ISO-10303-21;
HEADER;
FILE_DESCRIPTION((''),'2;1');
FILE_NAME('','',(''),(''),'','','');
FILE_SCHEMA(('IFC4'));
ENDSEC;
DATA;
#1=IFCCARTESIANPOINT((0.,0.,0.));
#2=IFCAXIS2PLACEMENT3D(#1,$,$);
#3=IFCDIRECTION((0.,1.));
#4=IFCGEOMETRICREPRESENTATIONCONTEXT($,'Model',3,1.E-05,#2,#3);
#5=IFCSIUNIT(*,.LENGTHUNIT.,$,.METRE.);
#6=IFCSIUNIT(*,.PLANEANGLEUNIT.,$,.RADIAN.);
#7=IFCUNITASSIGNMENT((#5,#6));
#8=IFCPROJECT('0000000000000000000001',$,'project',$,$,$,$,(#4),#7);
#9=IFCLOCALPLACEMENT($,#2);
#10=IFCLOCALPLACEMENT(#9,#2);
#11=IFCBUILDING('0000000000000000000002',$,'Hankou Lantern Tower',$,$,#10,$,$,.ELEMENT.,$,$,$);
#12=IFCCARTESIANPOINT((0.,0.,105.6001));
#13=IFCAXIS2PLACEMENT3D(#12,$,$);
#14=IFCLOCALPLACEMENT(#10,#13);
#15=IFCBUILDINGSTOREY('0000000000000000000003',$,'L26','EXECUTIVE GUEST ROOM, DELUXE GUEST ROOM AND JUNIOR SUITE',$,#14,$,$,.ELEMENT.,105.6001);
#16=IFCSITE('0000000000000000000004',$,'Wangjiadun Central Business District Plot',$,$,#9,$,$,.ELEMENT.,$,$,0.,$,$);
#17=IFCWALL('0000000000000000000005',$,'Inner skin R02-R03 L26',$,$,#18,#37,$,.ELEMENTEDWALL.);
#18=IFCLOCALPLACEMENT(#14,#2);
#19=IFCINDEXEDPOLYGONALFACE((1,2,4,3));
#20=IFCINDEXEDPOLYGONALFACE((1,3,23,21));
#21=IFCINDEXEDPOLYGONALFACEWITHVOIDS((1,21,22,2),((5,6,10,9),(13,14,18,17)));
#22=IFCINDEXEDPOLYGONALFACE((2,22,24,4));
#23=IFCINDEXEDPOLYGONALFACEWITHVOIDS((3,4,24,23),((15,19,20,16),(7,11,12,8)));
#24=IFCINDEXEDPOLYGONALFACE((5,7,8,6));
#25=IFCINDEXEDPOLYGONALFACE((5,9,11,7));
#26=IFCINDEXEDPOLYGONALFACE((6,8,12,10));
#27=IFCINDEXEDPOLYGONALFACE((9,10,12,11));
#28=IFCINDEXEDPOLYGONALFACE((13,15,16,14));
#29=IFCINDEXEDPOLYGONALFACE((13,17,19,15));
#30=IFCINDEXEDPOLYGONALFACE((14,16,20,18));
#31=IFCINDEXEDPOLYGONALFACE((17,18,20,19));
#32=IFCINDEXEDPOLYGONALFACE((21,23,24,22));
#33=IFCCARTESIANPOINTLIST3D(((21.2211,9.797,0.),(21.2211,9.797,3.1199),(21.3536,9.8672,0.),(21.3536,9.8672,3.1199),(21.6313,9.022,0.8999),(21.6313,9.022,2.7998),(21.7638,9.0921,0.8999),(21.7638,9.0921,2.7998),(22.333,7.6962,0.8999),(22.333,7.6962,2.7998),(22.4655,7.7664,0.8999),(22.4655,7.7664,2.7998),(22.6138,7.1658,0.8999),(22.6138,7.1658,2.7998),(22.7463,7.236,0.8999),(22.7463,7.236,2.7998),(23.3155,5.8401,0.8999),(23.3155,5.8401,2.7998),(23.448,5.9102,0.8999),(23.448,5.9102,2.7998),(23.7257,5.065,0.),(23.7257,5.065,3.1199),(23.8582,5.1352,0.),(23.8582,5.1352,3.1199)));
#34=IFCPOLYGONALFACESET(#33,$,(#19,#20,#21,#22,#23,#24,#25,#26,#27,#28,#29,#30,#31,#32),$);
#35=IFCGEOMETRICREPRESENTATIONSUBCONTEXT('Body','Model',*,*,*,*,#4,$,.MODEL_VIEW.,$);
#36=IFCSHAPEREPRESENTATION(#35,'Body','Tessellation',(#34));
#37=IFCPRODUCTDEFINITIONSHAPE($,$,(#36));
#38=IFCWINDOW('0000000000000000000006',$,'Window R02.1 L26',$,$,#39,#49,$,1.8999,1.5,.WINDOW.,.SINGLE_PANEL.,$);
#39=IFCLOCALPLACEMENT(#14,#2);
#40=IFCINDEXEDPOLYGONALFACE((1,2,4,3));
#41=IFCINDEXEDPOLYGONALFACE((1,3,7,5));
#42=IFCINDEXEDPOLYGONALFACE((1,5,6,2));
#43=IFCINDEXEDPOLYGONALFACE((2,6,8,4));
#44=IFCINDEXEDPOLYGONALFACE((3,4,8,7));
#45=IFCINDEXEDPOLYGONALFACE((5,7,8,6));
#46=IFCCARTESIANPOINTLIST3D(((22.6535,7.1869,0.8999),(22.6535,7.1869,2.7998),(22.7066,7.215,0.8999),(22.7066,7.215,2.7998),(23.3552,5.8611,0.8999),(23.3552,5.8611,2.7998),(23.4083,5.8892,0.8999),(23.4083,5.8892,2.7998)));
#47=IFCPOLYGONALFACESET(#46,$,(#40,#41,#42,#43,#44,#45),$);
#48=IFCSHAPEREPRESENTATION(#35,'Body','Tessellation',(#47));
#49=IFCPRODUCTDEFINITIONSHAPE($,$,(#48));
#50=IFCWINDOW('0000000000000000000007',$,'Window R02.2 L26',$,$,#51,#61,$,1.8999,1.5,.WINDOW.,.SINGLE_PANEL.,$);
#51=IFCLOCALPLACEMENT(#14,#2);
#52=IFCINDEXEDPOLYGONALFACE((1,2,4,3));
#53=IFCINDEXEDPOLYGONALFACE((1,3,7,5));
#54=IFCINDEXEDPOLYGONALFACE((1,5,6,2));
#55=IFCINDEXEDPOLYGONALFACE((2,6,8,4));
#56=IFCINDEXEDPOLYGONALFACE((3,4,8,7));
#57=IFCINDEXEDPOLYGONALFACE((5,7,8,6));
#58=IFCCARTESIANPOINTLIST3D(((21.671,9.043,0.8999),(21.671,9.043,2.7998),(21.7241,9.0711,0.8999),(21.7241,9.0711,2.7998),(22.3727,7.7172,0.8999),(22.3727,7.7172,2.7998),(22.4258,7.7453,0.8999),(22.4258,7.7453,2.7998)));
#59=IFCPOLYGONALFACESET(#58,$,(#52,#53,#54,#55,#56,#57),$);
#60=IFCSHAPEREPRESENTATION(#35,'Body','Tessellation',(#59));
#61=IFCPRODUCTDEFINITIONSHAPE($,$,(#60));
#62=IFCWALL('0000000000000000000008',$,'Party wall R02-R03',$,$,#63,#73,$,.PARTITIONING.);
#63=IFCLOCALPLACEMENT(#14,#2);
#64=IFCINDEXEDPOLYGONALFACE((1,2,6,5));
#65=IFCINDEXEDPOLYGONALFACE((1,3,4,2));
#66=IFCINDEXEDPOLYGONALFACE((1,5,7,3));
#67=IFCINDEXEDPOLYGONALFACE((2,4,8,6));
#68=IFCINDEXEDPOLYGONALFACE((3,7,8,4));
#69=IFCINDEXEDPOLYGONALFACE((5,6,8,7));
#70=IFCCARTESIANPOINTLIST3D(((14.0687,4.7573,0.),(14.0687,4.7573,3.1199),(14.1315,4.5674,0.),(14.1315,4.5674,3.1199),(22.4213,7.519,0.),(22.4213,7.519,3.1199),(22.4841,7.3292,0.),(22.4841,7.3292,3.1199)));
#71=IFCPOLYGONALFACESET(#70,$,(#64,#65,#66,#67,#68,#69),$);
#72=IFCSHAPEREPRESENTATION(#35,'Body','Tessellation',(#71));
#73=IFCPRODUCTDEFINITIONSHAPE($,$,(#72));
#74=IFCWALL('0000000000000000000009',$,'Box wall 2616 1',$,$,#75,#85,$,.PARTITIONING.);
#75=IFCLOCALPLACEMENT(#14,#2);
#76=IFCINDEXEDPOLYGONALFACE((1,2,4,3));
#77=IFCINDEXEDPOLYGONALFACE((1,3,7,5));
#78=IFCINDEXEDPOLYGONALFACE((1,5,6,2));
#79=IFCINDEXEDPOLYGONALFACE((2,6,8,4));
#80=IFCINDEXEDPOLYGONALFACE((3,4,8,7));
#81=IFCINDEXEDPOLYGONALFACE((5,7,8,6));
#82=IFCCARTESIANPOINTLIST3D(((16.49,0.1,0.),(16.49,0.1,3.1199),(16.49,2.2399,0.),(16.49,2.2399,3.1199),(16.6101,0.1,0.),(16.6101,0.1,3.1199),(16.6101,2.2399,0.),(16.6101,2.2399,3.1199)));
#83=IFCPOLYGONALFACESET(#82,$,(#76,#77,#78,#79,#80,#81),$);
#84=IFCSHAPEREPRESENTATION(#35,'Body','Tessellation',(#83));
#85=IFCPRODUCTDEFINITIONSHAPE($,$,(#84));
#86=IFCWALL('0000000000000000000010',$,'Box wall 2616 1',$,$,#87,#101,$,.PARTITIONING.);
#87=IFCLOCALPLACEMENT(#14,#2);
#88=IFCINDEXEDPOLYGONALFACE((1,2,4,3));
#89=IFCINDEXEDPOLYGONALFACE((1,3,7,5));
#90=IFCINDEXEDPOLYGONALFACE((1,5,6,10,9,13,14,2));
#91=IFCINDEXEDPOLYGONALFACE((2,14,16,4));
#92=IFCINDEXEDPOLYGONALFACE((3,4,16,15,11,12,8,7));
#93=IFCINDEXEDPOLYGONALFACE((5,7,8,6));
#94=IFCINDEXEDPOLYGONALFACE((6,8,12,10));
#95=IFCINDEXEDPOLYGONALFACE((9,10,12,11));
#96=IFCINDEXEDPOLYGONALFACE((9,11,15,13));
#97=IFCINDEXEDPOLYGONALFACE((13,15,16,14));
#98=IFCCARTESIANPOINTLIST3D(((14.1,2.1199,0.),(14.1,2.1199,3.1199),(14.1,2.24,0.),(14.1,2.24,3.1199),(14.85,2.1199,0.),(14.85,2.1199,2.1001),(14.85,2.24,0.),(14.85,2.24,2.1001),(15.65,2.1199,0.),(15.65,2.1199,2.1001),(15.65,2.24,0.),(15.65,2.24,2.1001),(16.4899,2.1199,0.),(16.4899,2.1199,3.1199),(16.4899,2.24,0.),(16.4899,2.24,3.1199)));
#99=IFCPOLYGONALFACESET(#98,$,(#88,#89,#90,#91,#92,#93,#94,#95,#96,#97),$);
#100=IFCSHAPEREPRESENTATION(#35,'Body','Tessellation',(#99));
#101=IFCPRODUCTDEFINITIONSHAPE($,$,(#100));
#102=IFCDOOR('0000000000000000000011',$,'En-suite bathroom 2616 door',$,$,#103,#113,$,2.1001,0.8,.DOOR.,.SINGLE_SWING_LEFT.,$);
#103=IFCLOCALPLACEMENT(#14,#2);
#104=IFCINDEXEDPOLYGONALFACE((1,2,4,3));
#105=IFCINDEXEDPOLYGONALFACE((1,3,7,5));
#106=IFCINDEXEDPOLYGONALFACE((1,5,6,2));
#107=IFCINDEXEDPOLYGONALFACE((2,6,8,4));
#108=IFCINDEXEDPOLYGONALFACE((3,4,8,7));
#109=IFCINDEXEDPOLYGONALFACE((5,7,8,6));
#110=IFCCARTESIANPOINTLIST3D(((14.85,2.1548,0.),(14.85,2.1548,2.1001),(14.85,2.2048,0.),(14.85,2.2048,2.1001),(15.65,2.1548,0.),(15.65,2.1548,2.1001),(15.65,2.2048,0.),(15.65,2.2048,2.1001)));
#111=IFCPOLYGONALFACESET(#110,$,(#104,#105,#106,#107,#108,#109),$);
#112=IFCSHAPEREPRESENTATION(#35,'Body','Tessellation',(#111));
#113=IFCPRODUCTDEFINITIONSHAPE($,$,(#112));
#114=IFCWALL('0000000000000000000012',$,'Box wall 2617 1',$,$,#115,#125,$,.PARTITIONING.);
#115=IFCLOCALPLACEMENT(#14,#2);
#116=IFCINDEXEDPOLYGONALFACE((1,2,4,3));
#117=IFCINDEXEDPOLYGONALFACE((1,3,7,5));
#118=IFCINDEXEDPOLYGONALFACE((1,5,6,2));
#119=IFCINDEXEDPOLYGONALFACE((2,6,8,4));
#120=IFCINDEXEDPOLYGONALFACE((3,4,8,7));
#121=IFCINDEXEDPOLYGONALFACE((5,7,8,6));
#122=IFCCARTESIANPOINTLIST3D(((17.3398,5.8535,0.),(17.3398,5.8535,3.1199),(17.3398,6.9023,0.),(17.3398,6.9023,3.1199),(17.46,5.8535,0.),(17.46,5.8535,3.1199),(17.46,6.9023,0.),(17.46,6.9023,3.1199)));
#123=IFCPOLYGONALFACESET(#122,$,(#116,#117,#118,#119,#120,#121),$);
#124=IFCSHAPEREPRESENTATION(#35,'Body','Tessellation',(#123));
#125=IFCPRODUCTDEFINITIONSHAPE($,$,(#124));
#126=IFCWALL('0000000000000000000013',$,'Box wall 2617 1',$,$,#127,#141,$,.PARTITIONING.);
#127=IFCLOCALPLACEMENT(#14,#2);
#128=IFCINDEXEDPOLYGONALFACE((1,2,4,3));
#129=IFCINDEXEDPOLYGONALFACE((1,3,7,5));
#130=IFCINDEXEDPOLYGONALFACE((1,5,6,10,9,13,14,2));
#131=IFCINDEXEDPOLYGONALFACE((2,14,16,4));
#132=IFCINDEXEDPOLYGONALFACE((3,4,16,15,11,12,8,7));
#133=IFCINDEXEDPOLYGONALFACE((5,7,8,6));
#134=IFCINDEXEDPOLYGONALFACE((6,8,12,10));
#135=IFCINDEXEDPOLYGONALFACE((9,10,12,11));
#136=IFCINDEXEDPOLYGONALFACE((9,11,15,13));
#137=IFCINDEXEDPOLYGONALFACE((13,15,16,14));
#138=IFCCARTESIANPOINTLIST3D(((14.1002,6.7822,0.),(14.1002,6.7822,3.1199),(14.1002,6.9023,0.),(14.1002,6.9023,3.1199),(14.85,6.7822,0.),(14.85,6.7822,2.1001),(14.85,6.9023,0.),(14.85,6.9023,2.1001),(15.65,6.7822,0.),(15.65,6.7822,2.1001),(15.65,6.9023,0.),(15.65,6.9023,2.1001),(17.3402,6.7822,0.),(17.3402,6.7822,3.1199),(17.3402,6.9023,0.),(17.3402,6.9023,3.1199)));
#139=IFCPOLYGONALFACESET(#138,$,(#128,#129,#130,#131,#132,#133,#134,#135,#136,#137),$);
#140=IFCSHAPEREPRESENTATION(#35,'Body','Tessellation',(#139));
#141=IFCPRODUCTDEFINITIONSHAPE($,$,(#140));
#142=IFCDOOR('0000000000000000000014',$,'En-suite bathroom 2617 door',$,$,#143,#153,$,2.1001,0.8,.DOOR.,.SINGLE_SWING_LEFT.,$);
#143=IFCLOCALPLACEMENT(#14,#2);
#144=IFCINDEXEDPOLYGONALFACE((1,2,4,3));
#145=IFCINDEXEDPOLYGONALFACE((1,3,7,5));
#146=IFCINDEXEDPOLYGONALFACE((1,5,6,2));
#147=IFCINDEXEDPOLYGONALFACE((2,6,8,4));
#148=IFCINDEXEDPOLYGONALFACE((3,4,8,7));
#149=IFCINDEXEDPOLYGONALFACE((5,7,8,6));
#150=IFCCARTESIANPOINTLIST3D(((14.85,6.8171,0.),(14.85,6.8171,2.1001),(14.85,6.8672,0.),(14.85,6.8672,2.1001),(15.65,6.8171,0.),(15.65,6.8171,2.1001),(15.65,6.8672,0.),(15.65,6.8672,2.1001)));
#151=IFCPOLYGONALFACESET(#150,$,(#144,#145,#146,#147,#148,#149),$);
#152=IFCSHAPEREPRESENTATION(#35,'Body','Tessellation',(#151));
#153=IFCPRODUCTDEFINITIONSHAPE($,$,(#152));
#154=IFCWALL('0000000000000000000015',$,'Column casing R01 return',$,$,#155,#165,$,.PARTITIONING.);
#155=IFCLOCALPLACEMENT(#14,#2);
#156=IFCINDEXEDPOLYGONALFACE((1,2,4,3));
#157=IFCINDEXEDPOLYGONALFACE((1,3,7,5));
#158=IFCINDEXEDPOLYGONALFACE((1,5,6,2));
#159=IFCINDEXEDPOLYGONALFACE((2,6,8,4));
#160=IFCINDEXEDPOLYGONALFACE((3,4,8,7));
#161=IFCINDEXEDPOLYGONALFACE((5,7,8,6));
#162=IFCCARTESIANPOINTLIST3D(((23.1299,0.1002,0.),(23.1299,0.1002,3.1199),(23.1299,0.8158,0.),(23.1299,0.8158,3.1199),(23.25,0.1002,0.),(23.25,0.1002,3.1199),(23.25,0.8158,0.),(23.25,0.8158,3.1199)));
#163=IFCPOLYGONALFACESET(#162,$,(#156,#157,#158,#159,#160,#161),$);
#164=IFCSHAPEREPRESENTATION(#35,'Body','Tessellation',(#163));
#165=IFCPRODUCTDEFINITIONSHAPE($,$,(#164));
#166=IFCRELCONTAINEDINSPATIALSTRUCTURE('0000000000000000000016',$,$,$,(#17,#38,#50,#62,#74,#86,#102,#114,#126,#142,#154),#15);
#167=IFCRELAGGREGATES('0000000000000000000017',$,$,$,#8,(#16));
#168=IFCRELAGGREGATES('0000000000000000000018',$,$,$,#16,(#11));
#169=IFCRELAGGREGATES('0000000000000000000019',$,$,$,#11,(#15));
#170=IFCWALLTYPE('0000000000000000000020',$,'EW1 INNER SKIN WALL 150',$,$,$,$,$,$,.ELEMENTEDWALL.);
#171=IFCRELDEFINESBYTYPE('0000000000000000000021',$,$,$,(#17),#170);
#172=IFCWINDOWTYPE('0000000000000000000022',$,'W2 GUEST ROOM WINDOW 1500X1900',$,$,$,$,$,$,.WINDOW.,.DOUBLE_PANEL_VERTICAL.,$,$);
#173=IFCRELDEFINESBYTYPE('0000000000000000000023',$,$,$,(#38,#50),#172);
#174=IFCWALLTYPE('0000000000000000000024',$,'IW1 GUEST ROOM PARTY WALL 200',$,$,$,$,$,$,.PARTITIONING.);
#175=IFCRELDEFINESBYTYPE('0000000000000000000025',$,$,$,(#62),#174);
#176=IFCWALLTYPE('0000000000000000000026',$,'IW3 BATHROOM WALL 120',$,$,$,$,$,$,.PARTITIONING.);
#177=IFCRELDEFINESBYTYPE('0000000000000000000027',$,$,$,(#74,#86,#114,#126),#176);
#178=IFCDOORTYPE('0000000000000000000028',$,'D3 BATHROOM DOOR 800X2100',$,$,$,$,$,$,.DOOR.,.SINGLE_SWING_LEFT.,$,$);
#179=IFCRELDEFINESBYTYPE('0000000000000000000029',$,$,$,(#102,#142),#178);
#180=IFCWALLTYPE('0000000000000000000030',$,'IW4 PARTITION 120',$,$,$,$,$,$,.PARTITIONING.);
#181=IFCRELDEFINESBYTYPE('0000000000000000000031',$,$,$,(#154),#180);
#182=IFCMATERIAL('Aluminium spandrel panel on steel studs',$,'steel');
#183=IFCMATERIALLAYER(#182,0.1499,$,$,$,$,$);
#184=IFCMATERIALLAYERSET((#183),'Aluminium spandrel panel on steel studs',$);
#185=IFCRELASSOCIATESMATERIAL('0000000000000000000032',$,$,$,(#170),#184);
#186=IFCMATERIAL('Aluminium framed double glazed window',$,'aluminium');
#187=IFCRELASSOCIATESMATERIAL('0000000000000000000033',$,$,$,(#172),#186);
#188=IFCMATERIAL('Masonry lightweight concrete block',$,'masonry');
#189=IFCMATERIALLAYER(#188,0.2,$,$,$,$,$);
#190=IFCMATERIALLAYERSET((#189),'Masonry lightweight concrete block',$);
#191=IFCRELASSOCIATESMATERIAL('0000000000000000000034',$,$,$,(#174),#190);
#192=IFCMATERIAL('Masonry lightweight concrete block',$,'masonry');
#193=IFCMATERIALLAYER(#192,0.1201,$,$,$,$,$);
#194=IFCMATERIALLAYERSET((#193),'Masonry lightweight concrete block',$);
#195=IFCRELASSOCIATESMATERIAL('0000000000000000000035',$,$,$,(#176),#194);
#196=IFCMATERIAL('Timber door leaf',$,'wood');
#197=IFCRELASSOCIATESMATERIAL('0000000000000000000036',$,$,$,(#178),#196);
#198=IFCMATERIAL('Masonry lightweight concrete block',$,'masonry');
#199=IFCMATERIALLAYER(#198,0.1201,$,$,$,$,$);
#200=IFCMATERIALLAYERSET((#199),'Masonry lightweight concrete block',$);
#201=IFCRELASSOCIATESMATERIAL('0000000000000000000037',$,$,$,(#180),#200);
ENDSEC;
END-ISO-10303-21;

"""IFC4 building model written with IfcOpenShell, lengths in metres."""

from ifc_helpers import new_model, si_unit, direction, frame, frame_2d, origin, place, context, subcontext, project, spatial, rectangle, extrude, material, layer, layer_set, type_object, element, fill, save


model = new_model("IFC4")

# Units and contexts
model_context = context("Model", 3, precision=1e-05, world=origin(), true_north=direction((0.0, 1.0)))
body_context = subcontext(model_context, "Body", "Model", "MODEL_VIEW")
ifc_project = project(units=[si_unit("LENGTHUNIT", "METRE"), si_unit("PLANEANGLEUNIT", "RADIAN")], contexts=[model_context])

# Site, building, storey
site_placement = place(None, origin())
site = spatial("IfcSite", under=ifc_project, at=site_placement, Name="Wangjiadun Central Business District Plot", CompositionType="ELEMENT", RefElevation=0.0)
building_placement = place(site_placement, origin())
building = spatial("IfcBuilding", under=site, at=building_placement, Name="Hankou Lantern Tower", CompositionType="ELEMENT")
storey_placement = place(building_placement, frame((0.0, 0.0, 105.6001)))
storey = spatial("IfcBuildingStorey", under=building, at=storey_placement, Name="L26", Description="EXECUTIVE GUEST ROOM, DELUXE GUEST ROOM AND JUNIOR SUITE", CompositionType="ELEMENT", Elevation=105.6001)

# Wall, openings, windows
ifc_material_1 = material(Name="Aluminium spandrel panel on steel studs", Category="steel")
ifc_layer_1 = layer(ifc_material_1, 0.1499)
ifc_layer_set_1 = layer_set([ifc_layer_1], Name="Aluminium spandrel panel on steel studs")
wall_type_1 = type_object("IfcWallType", Name="EW1 INNER SKIN WALL 150", PredefinedType="ELEMENTEDWALL", material=ifc_layer_set_1)
ifc_material_2 = material(Name="Aluminium framed double glazed window", Category="aluminium")
window_type = type_object("IfcWindowType", Name="W2 GUEST ROOM WINDOW 1500X1900", PartitioningType="DOUBLE_PANEL_VERTICAL", PredefinedType="WINDOW", material=ifc_material_2)
wall_1_placement = place(storey_placement, frame((23.792, 5.1001, 0.0), z_axis=(0.0, 0.0, 1.0), x_axis=(-0.467814, 0.883827, 0.0)))
wall_1 = element("IfcWall", 1, at=wall_1_placement, inside=storey, type_object=wall_type_1, Name="Inner skin R02-R03 L26", PredefinedType="ELEMENTEDWALL", context=body_context, shape_type="SweptSolid", body=[
    extrude(rectangle(XDim=5.354, YDim=0.1499, at=frame_2d((2.677, 0.0))), origin(), (0.0, 0.0, 1.0), 3.1199),
])
opening_1_placement = place(wall_1_placement, frame((0.877, 0.0, 0.8999)))
opening_1 = element("IfcOpeningElement", 2, at=opening_1_placement, cuts=wall_1, PredefinedType="OPENING", context=body_context, shape_type="SweptSolid", body=[
    extrude(rectangle(XDim=1.5, YDim=1.8999, at=frame_2d((0.75, 0.95))), frame((0.0, 0.085, 0.0), z_axis=(0.0, -1.0, 0.0), x_axis=(1.0, 0.0, 0.0)), (0.0, 0.0, 1.0), 0.1699),
])
opening_2_placement = place(wall_1_placement, frame((2.9771, 0.0, 0.8999)))
opening_2 = element("IfcOpeningElement", 3, at=opening_2_placement, cuts=wall_1, PredefinedType="OPENING", context=body_context, shape_type="SweptSolid", body=[
    extrude(rectangle(XDim=1.5, YDim=1.8999, at=frame_2d((0.75, 0.95))), frame((0.0, 0.085, 0.0), z_axis=(0.0, -1.0, 0.0), x_axis=(1.0, 0.0, 0.0)), (0.0, 0.0, 1.0), 0.1699),
])
window_1_placement = place(opening_1_placement, origin())
window_1 = element("IfcWindow", 4, at=window_1_placement, inside=storey, type_object=window_type, Name="Window R02.1 L26", OverallHeight=1.8999, OverallWidth=1.5, PartitioningType="SINGLE_PANEL", PredefinedType="WINDOW", context=body_context, shape_type="SweptSolid", body=[
    extrude(rectangle(XDim=1.5, YDim=1.8999, at=frame_2d((0.75, 0.95))), frame((0.0, 0.03, 0.0), z_axis=(0.0, -1.0, 0.0), x_axis=(1.0, 0.0, 0.0)), (0.0, 0.0, 1.0), 0.0601),
])
fill(opening_1, window_1)
window_2_placement = place(opening_2_placement, origin())
window_2 = element("IfcWindow", 5, at=window_2_placement, inside=storey, type_object=window_type, Name="Window R02.2 L26", OverallHeight=1.8999, OverallWidth=1.5, PartitioningType="SINGLE_PANEL", PredefinedType="WINDOW", context=body_context, shape_type="SweptSolid", body=[
    extrude(rectangle(XDim=1.5, YDim=1.8999, at=frame_2d((0.75, 0.95))), frame((0.0, 0.03, 0.0), z_axis=(0.0, -1.0, 0.0), x_axis=(1.0, 0.0, 0.0)), (0.0, 0.0, 1.0), 0.0601),
])
fill(opening_2, window_2)

# Walls
ifc_material_3 = material(Name="Masonry lightweight concrete block", Category="masonry")
ifc_layer_2 = layer(ifc_material_3, 0.2)
ifc_layer_set_2 = layer_set([ifc_layer_2], Name="Masonry lightweight concrete block")
wall_type_2 = type_object("IfcWallType", Name="IW1 GUEST ROOM PARTY WALL 200", PredefinedType="PARTITIONING", material=ifc_layer_set_2)
wall_2_placement = place(storey_placement, frame((14.1001, 4.6624, 0.0), z_axis=(0.0, 0.0, 1.0), x_axis=(0.949446, 0.313929, 0.0)))
element("IfcWall", 6, at=wall_2_placement, inside=storey, type_object=wall_type_2, Name="Party wall R02-R03", PredefinedType="PARTITIONING", context=body_context, shape_type="SweptSolid", body=[
    extrude(rectangle(XDim=8.7974, YDim=0.2, at=frame_2d((4.3987, 0.0))), origin(), (0.0, 0.0, 1.0), 3.1199),
])
ifc_material_4 = material(Name="Masonry lightweight concrete block", Category="masonry")
ifc_layer_3 = layer(ifc_material_4, 0.1201)
ifc_layer_set_3 = layer_set([ifc_layer_3], Name="Masonry lightweight concrete block")
wall_type_3 = type_object("IfcWallType", Name="IW3 BATHROOM WALL 120", PredefinedType="PARTITIONING", material=ifc_layer_set_3)
wall_3_placement = place(storey_placement, frame((16.55, 0.1001, 0.0), z_axis=(0.0, 0.0, 1.0), x_axis=(0.0, 1.0, 0.0)))
element("IfcWall", 7, at=wall_3_placement, inside=storey, type_object=wall_type_3, Name="Box wall 2616 1", PredefinedType="PARTITIONING", context=body_context, shape_type="SweptSolid", body=[
    extrude(rectangle(XDim=2.1399, YDim=0.1201, at=frame_2d((1.0698, 0.0))), origin(), (0.0, 0.0, 1.0), 3.1199),
])

# Wall, opening, door
wall_4_placement = place(storey_placement, frame((14.1001, 2.1799, 0.0), z_axis=(0.0, 0.0, 1.0), x_axis=(1.0, 0.0, 0.0)))
wall_4 = element("IfcWall", 8, at=wall_4_placement, inside=storey, type_object=wall_type_3, Name="Box wall 2616 1", PredefinedType="PARTITIONING", context=body_context, shape_type="SweptSolid", body=[
    extrude(rectangle(XDim=2.3899, YDim=0.1201, at=frame_2d((1.1948, 0.0))), origin(), (0.0, 0.0, 1.0), 3.1199),
])
opening_3_placement = place(wall_4_placement, frame((0.75, 0.0, 0.0)))
opening_3 = element("IfcOpeningElement", 9, at=opening_3_placement, cuts=wall_4, PredefinedType="OPENING", context=body_context, shape_type="SweptSolid", body=[
    extrude(rectangle(XDim=0.8, YDim=2.1001, at=frame_2d((0.3999, 1.05))), frame((0.0, 0.0701, 0.0), z_axis=(0.0, -1.0, 0.0), x_axis=(1.0, 0.0, 0.0)), (0.0, 0.0, 1.0), 0.1401),
])
ifc_material_5 = material(Name="Timber door leaf", Category="wood")
door_type = type_object("IfcDoorType", Name="D3 BATHROOM DOOR 800X2100", OperationType="SINGLE_SWING_LEFT", PredefinedType="DOOR", material=ifc_material_5)
door_1_placement = place(opening_3_placement, origin())
door_1 = element("IfcDoor", 10, at=door_1_placement, inside=storey, type_object=door_type, Name="En-suite bathroom 2616 door", OperationType="SINGLE_SWING_LEFT", OverallHeight=2.1001, OverallWidth=0.8, PredefinedType="DOOR", context=body_context, shape_type="SweptSolid", body=[
    extrude(rectangle(XDim=0.8, YDim=2.1001, at=frame_2d((0.3999, 1.05))), frame((0.0, 0.0249, 0.0), z_axis=(0.0, -1.0, 0.0), x_axis=(1.0, 0.0, 0.0)), (0.0, 0.0, 1.0), 0.05),
])
fill(opening_3, door_1)

# Wall
wall_5_placement = place(storey_placement, frame((17.3999, 5.8535, 0.0), z_axis=(0.0, 0.0, 1.0), x_axis=(0.0, 1.0, 0.0)))
element("IfcWall", 11, at=wall_5_placement, inside=storey, type_object=wall_type_3, Name="Box wall 2617 1", PredefinedType="PARTITIONING", context=body_context, shape_type="SweptSolid", body=[
    extrude(rectangle(XDim=1.0488, YDim=0.1201, at=frame_2d((0.5244, 0.0))), origin(), (0.0, 0.0, 1.0), 3.1199),
])

# Wall, opening, door
wall_6_placement = place(storey_placement, frame((14.1001, 6.8423, 0.0), z_axis=(0.0, 0.0, 1.0), x_axis=(1.0, 0.0, 0.0)))
wall_6 = element("IfcWall", 12, at=wall_6_placement, inside=storey, type_object=wall_type_3, Name="Box wall 2617 1", PredefinedType="PARTITIONING", context=body_context, shape_type="SweptSolid", body=[
    extrude(rectangle(XDim=3.24, YDim=0.1201, at=frame_2d((1.6201, 0.0))), origin(), (0.0, 0.0, 1.0), 3.1199),
])
opening_4_placement = place(wall_6_placement, frame((0.75, 0.0, 0.0)))
opening_4 = element("IfcOpeningElement", 13, at=opening_4_placement, cuts=wall_6, PredefinedType="OPENING", context=body_context, shape_type="SweptSolid", body=[
    extrude(rectangle(XDim=0.8, YDim=2.1001, at=frame_2d((0.3999, 1.05))), frame((0.0, 0.0701, 0.0), z_axis=(0.0, -1.0, 0.0), x_axis=(1.0, 0.0, 0.0)), (0.0, 0.0, 1.0), 0.1401),
])
door_2_placement = place(opening_4_placement, origin())
door_2 = element("IfcDoor", 14, at=door_2_placement, inside=storey, type_object=door_type, Name="En-suite bathroom 2617 door", OperationType="SINGLE_SWING_LEFT", OverallHeight=2.1001, OverallWidth=0.8, PredefinedType="DOOR", context=body_context, shape_type="SweptSolid", body=[
    extrude(rectangle(XDim=0.8, YDim=2.1001, at=frame_2d((0.3999, 1.05))), frame((0.0, 0.0249, 0.0), z_axis=(0.0, -1.0, 0.0), x_axis=(1.0, 0.0, 0.0)), (0.0, 0.0, 1.0), 0.05),
])
fill(opening_4, door_2)

# Wall
ifc_material_6 = material(Name="Masonry lightweight concrete block", Category="masonry")
ifc_layer_4 = layer(ifc_material_6, 0.1201)
ifc_layer_set_4 = layer_set([ifc_layer_4], Name="Masonry lightweight concrete block")
wall_type_4 = type_object("IfcWallType", Name="IW4 PARTITION 120", PredefinedType="PARTITIONING", material=ifc_layer_set_4)
wall_7_placement = place(storey_placement, frame((23.1899, 0.1001, 0.0), z_axis=(0.0, 0.0, 1.0), x_axis=(0.0, 1.0, 0.0)))
element("IfcWall", 15, at=wall_7_placement, inside=storey, type_object=wall_type_4, Name="Column casing R01 return", PredefinedType="PARTITIONING", context=body_context, shape_type="SweptSolid", body=[
    extrude(rectangle(XDim=0.7156, YDim=0.1201, at=frame_2d((0.3579, 0.0))), origin(), (0.0, 0.0, 1.0), 3.1199),
])

save(model, "model.ifc")
